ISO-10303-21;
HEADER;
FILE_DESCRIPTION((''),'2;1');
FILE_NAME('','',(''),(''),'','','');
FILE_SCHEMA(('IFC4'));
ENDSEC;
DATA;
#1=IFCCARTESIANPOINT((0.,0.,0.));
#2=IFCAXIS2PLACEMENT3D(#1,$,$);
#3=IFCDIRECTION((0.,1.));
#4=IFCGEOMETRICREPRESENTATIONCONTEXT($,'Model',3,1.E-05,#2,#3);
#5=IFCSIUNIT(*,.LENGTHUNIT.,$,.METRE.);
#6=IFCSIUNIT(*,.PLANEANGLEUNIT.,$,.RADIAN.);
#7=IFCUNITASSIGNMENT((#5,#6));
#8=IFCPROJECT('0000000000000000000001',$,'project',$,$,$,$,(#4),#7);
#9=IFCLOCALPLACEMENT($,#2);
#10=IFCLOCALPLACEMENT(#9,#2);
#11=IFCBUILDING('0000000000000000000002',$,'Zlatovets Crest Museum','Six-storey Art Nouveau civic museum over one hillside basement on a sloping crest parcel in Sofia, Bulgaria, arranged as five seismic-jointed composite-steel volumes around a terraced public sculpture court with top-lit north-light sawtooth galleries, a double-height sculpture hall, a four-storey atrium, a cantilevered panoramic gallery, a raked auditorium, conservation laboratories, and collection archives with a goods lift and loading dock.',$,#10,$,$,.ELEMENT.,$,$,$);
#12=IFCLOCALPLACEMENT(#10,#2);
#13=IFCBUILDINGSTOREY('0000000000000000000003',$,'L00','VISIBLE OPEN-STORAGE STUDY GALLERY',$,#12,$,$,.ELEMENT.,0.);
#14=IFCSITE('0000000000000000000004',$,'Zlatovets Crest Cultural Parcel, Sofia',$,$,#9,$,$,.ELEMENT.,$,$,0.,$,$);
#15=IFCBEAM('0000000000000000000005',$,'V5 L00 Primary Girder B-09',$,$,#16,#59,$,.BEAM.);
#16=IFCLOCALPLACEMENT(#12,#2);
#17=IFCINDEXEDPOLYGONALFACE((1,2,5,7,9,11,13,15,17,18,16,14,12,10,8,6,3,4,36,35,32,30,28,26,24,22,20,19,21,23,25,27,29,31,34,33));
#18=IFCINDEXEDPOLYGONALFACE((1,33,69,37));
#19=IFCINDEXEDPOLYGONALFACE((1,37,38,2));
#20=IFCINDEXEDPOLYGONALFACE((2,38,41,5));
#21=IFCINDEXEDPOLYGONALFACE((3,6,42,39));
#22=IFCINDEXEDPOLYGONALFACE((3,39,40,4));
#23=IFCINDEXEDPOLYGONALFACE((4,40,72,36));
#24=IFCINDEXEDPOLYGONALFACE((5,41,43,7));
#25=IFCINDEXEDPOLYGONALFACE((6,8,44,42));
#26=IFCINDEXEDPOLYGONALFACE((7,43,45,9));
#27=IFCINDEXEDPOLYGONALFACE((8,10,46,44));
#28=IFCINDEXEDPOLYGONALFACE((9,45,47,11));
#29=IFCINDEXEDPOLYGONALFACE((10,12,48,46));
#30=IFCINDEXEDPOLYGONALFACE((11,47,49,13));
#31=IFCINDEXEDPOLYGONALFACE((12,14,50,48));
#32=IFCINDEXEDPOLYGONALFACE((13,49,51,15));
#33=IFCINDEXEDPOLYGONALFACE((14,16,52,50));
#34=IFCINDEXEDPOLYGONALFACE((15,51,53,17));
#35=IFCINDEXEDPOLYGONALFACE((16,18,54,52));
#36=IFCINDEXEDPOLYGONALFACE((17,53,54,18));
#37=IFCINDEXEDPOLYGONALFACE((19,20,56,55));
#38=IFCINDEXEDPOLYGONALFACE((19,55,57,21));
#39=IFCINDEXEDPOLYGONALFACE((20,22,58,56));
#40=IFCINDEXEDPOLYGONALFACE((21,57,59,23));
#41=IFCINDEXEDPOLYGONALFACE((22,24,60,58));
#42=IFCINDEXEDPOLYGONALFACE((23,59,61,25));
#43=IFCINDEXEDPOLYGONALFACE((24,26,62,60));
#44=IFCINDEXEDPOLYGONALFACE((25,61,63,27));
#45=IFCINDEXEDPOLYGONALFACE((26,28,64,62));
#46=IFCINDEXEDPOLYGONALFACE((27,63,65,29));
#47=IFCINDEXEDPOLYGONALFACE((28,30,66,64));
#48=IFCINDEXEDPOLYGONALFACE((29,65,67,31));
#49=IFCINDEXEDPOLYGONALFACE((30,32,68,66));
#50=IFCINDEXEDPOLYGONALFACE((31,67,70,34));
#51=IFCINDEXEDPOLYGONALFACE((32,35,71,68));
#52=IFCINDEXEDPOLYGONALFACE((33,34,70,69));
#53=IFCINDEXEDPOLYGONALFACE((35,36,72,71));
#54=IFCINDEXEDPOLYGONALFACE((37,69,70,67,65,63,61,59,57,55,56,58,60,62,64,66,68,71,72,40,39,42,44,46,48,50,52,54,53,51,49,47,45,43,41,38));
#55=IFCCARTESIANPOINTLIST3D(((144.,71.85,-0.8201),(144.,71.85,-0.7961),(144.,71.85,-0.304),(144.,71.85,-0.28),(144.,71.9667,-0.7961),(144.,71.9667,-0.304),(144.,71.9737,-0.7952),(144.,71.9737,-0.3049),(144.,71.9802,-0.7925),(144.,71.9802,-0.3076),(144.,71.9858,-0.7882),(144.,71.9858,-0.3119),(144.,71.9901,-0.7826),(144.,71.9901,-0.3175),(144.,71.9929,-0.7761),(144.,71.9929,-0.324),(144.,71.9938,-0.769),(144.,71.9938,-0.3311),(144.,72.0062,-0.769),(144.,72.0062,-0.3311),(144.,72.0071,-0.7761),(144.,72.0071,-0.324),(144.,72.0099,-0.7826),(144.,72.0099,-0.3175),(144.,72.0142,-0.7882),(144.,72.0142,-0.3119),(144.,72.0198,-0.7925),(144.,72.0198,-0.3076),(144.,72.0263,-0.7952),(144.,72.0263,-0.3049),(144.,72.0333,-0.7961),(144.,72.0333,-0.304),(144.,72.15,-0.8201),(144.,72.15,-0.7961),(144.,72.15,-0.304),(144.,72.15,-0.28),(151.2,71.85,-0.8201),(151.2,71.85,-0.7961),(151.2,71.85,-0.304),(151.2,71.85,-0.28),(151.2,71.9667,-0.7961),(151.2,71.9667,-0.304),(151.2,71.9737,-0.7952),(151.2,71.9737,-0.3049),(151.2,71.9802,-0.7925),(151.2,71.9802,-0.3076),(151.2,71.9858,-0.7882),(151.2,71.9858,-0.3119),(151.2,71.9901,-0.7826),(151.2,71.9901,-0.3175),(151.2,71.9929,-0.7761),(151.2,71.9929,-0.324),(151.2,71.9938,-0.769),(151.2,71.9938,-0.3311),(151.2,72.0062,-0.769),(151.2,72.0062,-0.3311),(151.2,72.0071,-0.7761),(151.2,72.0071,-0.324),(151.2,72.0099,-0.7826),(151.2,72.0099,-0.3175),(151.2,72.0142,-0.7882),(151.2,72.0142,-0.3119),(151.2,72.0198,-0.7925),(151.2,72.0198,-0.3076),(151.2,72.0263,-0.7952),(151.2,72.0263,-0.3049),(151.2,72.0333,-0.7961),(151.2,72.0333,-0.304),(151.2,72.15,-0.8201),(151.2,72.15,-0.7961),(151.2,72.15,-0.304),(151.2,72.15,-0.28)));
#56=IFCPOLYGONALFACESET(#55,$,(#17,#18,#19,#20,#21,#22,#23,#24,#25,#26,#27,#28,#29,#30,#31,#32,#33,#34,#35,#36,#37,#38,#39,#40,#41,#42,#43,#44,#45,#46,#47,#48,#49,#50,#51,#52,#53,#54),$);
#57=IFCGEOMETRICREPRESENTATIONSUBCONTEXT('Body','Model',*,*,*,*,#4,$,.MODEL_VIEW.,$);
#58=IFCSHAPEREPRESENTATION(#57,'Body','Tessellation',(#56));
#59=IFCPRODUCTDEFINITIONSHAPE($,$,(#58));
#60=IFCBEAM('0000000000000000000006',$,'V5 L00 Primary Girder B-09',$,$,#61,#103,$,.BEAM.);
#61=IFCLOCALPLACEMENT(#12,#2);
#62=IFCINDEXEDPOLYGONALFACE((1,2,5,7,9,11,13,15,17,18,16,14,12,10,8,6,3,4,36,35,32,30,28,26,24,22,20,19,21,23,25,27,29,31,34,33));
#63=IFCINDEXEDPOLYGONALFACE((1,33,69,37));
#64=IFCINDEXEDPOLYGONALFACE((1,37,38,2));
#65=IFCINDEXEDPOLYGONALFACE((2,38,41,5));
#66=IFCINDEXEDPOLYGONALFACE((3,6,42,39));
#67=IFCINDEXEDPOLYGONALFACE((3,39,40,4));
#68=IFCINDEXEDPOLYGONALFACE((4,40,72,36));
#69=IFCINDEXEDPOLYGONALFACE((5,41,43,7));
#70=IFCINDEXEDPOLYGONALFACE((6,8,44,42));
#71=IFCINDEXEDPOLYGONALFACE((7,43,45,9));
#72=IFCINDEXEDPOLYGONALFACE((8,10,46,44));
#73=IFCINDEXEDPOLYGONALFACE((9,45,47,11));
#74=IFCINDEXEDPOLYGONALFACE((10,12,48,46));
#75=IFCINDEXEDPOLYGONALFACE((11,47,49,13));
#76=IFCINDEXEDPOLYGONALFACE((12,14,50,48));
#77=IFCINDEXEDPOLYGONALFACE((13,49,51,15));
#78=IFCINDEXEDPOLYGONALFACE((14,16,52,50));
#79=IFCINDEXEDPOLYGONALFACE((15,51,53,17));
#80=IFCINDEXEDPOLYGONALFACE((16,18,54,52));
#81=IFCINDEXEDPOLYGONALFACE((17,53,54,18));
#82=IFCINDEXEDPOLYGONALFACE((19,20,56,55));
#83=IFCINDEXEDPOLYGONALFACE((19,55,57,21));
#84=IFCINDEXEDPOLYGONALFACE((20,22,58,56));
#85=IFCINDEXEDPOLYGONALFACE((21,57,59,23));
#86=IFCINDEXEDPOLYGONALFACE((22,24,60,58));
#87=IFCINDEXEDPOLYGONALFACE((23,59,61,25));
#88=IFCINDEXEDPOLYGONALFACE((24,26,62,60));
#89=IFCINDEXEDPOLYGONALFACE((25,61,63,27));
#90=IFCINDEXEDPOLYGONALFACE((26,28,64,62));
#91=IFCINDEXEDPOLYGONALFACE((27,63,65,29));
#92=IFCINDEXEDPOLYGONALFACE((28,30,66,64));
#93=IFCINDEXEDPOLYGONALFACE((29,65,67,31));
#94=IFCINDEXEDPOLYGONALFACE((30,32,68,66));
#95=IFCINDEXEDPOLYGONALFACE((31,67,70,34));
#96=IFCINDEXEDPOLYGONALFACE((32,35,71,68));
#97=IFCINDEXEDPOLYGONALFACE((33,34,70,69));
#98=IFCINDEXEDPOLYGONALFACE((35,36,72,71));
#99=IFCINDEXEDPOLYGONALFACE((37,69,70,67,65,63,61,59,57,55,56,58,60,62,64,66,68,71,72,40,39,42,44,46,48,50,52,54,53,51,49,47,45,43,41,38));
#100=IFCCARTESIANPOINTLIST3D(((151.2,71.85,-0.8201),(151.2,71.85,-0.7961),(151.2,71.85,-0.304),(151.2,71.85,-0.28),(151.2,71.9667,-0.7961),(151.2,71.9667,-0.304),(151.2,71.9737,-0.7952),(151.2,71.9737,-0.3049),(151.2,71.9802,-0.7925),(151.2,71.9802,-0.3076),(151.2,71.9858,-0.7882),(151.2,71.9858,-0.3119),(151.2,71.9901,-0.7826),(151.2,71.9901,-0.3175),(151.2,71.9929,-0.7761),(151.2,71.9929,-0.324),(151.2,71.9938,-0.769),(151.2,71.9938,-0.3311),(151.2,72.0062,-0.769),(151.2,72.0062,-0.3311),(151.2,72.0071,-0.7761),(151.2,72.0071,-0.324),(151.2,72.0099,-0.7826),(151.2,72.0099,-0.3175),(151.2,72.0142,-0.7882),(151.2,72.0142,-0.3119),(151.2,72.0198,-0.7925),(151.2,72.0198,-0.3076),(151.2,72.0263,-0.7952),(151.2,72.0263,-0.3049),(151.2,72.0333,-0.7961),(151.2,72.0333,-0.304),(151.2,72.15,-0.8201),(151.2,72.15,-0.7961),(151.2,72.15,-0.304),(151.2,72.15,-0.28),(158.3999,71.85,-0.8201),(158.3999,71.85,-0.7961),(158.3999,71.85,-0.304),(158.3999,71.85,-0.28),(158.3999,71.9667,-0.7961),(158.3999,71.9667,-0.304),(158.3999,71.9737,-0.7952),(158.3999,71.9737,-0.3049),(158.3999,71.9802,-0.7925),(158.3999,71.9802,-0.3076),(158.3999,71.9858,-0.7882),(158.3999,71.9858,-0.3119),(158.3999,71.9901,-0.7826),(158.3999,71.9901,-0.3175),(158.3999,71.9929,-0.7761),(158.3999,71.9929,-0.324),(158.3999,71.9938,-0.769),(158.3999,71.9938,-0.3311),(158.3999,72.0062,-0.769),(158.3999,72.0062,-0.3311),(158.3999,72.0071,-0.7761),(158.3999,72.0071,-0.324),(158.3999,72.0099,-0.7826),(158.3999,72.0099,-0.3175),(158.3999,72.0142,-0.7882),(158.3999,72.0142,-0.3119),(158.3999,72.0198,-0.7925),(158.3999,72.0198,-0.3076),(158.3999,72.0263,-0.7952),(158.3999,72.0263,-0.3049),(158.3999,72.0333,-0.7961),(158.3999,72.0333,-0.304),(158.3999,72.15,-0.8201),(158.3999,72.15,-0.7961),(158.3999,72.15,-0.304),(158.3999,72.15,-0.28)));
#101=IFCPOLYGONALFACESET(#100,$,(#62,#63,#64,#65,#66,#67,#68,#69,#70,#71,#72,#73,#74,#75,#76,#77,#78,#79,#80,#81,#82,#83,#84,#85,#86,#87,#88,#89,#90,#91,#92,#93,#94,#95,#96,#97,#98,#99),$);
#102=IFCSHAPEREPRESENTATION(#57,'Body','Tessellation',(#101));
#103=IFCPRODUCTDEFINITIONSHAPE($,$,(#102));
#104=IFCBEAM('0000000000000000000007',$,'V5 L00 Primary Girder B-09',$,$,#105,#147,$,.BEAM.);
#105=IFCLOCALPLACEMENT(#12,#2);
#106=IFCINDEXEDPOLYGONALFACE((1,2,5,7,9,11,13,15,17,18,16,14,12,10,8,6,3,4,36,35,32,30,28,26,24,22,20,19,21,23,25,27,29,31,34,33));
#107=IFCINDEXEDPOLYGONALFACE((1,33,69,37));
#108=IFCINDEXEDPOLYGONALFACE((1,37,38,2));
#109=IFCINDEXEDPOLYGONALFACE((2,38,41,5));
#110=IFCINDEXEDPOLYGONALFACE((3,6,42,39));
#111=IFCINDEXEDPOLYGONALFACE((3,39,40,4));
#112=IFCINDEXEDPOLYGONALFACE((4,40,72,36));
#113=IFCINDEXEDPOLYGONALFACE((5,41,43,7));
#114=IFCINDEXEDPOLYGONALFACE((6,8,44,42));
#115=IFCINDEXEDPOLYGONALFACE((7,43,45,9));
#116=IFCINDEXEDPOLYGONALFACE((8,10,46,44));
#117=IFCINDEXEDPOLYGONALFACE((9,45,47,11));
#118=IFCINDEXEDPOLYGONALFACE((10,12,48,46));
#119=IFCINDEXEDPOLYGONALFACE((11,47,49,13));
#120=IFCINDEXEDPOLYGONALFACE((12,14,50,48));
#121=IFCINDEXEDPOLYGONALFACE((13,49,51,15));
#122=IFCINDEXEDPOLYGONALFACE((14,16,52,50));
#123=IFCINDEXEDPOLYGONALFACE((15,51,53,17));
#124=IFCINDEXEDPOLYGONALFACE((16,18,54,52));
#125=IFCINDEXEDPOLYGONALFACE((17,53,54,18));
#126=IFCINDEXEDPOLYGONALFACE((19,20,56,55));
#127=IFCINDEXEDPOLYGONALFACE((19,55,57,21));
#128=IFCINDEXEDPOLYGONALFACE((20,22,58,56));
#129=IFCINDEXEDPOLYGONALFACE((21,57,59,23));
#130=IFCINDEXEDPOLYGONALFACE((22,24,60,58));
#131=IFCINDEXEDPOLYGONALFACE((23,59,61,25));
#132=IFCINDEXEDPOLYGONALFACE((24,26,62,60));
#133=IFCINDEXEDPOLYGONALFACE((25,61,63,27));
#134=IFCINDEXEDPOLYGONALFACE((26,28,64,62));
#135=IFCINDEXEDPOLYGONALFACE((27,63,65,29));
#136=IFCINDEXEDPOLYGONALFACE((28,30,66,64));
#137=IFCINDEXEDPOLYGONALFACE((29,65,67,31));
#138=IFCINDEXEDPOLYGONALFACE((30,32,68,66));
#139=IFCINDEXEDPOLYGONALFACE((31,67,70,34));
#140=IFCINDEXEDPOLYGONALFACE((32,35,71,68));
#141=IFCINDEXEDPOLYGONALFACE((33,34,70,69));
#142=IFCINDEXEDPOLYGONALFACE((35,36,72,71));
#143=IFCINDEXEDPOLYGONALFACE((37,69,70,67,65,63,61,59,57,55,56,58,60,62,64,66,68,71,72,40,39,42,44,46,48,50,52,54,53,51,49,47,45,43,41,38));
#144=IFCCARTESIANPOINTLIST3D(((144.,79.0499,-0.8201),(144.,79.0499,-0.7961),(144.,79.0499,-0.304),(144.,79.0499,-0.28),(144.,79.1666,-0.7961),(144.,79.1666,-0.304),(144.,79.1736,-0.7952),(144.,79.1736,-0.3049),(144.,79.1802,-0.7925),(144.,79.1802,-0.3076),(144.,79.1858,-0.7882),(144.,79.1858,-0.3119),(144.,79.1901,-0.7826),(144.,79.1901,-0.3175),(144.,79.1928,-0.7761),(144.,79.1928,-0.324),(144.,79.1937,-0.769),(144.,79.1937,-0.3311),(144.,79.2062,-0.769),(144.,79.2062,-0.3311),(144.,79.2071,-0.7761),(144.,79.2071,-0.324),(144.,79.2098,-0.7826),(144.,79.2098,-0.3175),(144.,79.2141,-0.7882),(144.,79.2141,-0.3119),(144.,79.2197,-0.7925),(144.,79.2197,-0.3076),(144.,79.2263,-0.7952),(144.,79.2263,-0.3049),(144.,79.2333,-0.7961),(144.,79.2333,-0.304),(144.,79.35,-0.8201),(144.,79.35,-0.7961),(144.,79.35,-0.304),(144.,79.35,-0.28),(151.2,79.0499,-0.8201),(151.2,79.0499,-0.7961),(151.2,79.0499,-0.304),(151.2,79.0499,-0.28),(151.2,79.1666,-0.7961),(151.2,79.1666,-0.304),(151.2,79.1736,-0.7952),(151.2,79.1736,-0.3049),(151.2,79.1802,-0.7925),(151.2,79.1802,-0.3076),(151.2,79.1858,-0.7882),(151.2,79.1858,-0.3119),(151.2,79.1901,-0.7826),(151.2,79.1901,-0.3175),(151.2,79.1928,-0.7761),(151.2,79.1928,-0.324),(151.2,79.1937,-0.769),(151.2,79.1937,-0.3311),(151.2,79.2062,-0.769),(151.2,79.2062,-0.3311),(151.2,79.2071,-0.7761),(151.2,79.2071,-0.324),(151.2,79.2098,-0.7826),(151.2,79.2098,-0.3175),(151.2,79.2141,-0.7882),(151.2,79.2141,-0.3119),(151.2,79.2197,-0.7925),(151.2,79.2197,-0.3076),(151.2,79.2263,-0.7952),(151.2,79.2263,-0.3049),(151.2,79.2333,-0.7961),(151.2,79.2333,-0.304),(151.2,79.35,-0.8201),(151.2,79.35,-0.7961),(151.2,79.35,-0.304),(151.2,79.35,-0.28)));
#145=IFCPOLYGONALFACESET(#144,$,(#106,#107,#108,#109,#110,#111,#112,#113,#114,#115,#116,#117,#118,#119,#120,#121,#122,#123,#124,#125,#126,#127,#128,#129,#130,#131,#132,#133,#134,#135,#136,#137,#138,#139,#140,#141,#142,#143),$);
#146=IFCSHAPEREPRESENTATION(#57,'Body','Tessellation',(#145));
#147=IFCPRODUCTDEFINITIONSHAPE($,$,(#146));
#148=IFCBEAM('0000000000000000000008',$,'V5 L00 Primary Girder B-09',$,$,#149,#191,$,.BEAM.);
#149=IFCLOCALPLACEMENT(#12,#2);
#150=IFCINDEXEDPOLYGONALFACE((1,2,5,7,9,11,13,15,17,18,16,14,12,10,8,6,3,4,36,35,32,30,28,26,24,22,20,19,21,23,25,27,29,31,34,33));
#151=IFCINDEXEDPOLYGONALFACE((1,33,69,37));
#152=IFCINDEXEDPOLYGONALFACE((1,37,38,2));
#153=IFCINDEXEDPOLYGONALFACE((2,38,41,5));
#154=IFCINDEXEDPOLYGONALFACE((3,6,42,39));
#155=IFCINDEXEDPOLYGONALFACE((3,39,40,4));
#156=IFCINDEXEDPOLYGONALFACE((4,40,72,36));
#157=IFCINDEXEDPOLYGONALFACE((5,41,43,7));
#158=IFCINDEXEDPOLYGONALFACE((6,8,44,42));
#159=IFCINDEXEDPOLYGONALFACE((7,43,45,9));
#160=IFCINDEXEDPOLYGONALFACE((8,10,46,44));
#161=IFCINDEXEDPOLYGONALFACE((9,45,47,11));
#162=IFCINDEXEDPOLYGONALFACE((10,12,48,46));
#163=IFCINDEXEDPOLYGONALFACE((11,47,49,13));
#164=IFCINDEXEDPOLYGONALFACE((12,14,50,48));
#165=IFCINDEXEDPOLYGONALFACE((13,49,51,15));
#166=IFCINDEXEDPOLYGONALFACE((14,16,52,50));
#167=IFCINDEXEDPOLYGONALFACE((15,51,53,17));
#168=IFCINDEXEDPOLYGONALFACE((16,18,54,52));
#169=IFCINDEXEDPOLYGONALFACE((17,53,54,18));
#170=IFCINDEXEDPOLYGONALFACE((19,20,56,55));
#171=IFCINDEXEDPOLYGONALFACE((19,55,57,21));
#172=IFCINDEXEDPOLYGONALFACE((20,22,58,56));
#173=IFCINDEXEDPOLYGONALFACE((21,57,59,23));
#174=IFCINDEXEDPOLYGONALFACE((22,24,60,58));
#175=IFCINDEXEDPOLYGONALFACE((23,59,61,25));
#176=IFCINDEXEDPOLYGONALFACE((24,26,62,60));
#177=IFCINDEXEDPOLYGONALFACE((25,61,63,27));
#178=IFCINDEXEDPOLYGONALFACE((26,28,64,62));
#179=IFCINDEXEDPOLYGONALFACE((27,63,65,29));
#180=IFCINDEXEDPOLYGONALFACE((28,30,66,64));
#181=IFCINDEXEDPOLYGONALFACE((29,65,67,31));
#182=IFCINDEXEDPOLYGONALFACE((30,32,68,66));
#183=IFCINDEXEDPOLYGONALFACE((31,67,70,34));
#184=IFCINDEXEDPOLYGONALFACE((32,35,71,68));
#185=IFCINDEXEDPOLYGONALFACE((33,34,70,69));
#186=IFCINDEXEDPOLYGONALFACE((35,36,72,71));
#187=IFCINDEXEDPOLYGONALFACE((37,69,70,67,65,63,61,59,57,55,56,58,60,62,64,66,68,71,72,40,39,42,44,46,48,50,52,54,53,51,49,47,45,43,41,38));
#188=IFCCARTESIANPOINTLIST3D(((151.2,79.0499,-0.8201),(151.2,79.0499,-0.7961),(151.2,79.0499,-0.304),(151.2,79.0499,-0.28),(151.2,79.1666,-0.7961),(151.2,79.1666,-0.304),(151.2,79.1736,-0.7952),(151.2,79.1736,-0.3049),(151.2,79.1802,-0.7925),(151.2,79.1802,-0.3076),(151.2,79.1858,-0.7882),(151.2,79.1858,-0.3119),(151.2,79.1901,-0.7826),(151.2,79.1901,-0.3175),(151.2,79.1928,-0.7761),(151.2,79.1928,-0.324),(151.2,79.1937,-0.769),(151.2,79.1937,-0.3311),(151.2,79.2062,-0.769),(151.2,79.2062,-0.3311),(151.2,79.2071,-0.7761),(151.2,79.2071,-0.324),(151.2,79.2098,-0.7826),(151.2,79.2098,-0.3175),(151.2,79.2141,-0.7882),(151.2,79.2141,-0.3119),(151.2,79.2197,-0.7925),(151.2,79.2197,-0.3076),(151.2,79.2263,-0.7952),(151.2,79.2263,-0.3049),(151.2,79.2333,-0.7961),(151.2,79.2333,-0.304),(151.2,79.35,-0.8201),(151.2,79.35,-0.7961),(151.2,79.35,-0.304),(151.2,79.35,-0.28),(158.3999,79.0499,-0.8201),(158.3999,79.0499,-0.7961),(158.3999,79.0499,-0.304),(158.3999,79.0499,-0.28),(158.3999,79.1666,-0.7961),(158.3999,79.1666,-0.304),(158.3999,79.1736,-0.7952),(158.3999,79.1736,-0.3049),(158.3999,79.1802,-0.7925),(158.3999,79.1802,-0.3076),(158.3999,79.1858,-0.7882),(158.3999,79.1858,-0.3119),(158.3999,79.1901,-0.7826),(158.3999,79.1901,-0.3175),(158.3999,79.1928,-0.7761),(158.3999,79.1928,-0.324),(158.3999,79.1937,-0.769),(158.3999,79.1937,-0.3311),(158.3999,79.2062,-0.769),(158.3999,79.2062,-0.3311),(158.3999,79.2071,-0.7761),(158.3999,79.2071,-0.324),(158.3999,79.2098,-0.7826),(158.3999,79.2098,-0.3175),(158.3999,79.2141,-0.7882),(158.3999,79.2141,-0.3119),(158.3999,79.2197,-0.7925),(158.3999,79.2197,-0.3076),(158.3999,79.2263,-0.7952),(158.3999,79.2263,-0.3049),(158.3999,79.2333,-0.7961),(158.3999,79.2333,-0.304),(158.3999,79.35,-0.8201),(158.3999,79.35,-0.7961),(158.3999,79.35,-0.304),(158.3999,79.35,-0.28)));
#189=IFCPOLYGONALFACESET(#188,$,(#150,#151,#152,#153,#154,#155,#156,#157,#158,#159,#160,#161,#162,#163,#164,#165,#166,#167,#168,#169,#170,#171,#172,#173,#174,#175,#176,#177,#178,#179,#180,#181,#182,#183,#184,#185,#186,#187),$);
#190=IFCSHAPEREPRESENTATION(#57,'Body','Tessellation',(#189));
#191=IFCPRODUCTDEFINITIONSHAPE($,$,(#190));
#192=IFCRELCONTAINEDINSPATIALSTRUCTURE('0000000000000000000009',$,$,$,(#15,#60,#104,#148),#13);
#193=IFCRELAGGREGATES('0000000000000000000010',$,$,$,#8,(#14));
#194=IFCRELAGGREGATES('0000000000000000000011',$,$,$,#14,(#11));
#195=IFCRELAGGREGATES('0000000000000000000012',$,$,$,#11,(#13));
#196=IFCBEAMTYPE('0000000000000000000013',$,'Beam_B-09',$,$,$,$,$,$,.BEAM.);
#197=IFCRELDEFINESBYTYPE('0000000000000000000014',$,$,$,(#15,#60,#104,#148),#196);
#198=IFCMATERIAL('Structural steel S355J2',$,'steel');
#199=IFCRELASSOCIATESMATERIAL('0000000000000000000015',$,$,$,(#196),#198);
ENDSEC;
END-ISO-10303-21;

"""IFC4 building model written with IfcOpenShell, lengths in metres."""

from ifc_helpers import new_model, si_unit, direction, frame, origin, origin_2d, place, context, subcontext, project, spatial, i_section, extrude, material, material_profile, profile_set, type_object, element, save


model = new_model("IFC4")

# Units and contexts
model_context = context("Model", 3, precision=1e-05, world=origin(), true_north=direction((0.0, 1.0)))
body_context = subcontext(model_context, "Body", "Model", "MODEL_VIEW")
ifc_project = project(units=[si_unit("LENGTHUNIT", "METRE"), si_unit("PLANEANGLEUNIT", "RADIAN")], contexts=[model_context])

# Site, building, storey
site_placement = place(None, origin())
site = spatial("IfcSite", under=ifc_project, at=site_placement, Name="Zlatovets Crest Cultural Parcel, Sofia", CompositionType="ELEMENT", RefElevation=0.0)
building_placement = place(site_placement, origin())
building = spatial("IfcBuilding", under=site, at=building_placement, Name="Zlatovets Crest Museum", Description="Six-storey Art Nouveau civic museum over one hillside basement on a sloping crest parcel in Sofia, Bulgaria, arranged as five seismic-jointed composite-steel volumes around a terraced public sculpture court with top-lit north-light sawtooth galleries, a double-height sculpture hall, a four-storey atrium, a cantilevered panoramic gallery, a raked auditorium, conservation laboratories, and collection archives with a goods lift and loading dock.", CompositionType="ELEMENT")
storey_placement = place(building_placement, origin())
storey = spatial("IfcBuildingStorey", under=building, at=storey_placement, Name="L00", Description="VISIBLE OPEN-STORAGE STUDY GALLERY", CompositionType="ELEMENT", Elevation=0.0)

# Shared definitions
ifc_material = material(Name="Structural steel S355J2", Category="steel")

# Beams
ifc_material_profile_1 = material_profile(ifc_material, i_section(OverallWidth=0.3, OverallDepth=0.54, WebThickness=0.0125, FlangeThickness=0.0239, FilletRadius=0.0271, at=origin_2d()), Name="HEA 550")
ifc_profile_set_1 = profile_set([ifc_material_profile_1], Name="Structural steel S355J2")
beam_type_1 = type_object("IfcBeamType", Name="Beam_B-09", PredefinedType="BEAM", material=ifc_profile_set_1)
for number, where, z_axis, x_axis, name in (
    (1, (144.0, 72.0, -0.55), (1.0, 0.0, 0.0), (0.0, 1.0, 0.0), "V5 L00 Primary Girder B-09"),
    (2, (151.2, 72.0, -0.55), (1.0, 0.0, 0.0), (0.0, 1.0, 0.0), "V5 L00 Primary Girder B-09"),
    (3, (144.0, 79.2, -0.55), (1.0, 0.0, 0.0), (0.0, 1.0, 0.0), "V5 L00 Primary Girder B-09"),
    (4, (151.2, 79.2, -0.55), (1.0, 0.0, 0.0), (0.0, 1.0, 0.0), "V5 L00 Primary Girder B-09"),
):
    element("IfcBeam", number, at=place(storey_placement, frame(where, z_axis=z_axis, x_axis=x_axis)), inside=storey, type_object=beam_type_1, Name=name, PredefinedType="BEAM", context=body_context, shape_type="SweptSolid", body=[
        extrude(i_section(OverallWidth=0.3, OverallDepth=0.54, WebThickness=0.0125, FlangeThickness=0.0239, FilletRadius=0.0271, at=origin_2d()), origin(), (0.0, 0.0, 1.0), 7.2),
    ])

save(model, "model.ifc")
